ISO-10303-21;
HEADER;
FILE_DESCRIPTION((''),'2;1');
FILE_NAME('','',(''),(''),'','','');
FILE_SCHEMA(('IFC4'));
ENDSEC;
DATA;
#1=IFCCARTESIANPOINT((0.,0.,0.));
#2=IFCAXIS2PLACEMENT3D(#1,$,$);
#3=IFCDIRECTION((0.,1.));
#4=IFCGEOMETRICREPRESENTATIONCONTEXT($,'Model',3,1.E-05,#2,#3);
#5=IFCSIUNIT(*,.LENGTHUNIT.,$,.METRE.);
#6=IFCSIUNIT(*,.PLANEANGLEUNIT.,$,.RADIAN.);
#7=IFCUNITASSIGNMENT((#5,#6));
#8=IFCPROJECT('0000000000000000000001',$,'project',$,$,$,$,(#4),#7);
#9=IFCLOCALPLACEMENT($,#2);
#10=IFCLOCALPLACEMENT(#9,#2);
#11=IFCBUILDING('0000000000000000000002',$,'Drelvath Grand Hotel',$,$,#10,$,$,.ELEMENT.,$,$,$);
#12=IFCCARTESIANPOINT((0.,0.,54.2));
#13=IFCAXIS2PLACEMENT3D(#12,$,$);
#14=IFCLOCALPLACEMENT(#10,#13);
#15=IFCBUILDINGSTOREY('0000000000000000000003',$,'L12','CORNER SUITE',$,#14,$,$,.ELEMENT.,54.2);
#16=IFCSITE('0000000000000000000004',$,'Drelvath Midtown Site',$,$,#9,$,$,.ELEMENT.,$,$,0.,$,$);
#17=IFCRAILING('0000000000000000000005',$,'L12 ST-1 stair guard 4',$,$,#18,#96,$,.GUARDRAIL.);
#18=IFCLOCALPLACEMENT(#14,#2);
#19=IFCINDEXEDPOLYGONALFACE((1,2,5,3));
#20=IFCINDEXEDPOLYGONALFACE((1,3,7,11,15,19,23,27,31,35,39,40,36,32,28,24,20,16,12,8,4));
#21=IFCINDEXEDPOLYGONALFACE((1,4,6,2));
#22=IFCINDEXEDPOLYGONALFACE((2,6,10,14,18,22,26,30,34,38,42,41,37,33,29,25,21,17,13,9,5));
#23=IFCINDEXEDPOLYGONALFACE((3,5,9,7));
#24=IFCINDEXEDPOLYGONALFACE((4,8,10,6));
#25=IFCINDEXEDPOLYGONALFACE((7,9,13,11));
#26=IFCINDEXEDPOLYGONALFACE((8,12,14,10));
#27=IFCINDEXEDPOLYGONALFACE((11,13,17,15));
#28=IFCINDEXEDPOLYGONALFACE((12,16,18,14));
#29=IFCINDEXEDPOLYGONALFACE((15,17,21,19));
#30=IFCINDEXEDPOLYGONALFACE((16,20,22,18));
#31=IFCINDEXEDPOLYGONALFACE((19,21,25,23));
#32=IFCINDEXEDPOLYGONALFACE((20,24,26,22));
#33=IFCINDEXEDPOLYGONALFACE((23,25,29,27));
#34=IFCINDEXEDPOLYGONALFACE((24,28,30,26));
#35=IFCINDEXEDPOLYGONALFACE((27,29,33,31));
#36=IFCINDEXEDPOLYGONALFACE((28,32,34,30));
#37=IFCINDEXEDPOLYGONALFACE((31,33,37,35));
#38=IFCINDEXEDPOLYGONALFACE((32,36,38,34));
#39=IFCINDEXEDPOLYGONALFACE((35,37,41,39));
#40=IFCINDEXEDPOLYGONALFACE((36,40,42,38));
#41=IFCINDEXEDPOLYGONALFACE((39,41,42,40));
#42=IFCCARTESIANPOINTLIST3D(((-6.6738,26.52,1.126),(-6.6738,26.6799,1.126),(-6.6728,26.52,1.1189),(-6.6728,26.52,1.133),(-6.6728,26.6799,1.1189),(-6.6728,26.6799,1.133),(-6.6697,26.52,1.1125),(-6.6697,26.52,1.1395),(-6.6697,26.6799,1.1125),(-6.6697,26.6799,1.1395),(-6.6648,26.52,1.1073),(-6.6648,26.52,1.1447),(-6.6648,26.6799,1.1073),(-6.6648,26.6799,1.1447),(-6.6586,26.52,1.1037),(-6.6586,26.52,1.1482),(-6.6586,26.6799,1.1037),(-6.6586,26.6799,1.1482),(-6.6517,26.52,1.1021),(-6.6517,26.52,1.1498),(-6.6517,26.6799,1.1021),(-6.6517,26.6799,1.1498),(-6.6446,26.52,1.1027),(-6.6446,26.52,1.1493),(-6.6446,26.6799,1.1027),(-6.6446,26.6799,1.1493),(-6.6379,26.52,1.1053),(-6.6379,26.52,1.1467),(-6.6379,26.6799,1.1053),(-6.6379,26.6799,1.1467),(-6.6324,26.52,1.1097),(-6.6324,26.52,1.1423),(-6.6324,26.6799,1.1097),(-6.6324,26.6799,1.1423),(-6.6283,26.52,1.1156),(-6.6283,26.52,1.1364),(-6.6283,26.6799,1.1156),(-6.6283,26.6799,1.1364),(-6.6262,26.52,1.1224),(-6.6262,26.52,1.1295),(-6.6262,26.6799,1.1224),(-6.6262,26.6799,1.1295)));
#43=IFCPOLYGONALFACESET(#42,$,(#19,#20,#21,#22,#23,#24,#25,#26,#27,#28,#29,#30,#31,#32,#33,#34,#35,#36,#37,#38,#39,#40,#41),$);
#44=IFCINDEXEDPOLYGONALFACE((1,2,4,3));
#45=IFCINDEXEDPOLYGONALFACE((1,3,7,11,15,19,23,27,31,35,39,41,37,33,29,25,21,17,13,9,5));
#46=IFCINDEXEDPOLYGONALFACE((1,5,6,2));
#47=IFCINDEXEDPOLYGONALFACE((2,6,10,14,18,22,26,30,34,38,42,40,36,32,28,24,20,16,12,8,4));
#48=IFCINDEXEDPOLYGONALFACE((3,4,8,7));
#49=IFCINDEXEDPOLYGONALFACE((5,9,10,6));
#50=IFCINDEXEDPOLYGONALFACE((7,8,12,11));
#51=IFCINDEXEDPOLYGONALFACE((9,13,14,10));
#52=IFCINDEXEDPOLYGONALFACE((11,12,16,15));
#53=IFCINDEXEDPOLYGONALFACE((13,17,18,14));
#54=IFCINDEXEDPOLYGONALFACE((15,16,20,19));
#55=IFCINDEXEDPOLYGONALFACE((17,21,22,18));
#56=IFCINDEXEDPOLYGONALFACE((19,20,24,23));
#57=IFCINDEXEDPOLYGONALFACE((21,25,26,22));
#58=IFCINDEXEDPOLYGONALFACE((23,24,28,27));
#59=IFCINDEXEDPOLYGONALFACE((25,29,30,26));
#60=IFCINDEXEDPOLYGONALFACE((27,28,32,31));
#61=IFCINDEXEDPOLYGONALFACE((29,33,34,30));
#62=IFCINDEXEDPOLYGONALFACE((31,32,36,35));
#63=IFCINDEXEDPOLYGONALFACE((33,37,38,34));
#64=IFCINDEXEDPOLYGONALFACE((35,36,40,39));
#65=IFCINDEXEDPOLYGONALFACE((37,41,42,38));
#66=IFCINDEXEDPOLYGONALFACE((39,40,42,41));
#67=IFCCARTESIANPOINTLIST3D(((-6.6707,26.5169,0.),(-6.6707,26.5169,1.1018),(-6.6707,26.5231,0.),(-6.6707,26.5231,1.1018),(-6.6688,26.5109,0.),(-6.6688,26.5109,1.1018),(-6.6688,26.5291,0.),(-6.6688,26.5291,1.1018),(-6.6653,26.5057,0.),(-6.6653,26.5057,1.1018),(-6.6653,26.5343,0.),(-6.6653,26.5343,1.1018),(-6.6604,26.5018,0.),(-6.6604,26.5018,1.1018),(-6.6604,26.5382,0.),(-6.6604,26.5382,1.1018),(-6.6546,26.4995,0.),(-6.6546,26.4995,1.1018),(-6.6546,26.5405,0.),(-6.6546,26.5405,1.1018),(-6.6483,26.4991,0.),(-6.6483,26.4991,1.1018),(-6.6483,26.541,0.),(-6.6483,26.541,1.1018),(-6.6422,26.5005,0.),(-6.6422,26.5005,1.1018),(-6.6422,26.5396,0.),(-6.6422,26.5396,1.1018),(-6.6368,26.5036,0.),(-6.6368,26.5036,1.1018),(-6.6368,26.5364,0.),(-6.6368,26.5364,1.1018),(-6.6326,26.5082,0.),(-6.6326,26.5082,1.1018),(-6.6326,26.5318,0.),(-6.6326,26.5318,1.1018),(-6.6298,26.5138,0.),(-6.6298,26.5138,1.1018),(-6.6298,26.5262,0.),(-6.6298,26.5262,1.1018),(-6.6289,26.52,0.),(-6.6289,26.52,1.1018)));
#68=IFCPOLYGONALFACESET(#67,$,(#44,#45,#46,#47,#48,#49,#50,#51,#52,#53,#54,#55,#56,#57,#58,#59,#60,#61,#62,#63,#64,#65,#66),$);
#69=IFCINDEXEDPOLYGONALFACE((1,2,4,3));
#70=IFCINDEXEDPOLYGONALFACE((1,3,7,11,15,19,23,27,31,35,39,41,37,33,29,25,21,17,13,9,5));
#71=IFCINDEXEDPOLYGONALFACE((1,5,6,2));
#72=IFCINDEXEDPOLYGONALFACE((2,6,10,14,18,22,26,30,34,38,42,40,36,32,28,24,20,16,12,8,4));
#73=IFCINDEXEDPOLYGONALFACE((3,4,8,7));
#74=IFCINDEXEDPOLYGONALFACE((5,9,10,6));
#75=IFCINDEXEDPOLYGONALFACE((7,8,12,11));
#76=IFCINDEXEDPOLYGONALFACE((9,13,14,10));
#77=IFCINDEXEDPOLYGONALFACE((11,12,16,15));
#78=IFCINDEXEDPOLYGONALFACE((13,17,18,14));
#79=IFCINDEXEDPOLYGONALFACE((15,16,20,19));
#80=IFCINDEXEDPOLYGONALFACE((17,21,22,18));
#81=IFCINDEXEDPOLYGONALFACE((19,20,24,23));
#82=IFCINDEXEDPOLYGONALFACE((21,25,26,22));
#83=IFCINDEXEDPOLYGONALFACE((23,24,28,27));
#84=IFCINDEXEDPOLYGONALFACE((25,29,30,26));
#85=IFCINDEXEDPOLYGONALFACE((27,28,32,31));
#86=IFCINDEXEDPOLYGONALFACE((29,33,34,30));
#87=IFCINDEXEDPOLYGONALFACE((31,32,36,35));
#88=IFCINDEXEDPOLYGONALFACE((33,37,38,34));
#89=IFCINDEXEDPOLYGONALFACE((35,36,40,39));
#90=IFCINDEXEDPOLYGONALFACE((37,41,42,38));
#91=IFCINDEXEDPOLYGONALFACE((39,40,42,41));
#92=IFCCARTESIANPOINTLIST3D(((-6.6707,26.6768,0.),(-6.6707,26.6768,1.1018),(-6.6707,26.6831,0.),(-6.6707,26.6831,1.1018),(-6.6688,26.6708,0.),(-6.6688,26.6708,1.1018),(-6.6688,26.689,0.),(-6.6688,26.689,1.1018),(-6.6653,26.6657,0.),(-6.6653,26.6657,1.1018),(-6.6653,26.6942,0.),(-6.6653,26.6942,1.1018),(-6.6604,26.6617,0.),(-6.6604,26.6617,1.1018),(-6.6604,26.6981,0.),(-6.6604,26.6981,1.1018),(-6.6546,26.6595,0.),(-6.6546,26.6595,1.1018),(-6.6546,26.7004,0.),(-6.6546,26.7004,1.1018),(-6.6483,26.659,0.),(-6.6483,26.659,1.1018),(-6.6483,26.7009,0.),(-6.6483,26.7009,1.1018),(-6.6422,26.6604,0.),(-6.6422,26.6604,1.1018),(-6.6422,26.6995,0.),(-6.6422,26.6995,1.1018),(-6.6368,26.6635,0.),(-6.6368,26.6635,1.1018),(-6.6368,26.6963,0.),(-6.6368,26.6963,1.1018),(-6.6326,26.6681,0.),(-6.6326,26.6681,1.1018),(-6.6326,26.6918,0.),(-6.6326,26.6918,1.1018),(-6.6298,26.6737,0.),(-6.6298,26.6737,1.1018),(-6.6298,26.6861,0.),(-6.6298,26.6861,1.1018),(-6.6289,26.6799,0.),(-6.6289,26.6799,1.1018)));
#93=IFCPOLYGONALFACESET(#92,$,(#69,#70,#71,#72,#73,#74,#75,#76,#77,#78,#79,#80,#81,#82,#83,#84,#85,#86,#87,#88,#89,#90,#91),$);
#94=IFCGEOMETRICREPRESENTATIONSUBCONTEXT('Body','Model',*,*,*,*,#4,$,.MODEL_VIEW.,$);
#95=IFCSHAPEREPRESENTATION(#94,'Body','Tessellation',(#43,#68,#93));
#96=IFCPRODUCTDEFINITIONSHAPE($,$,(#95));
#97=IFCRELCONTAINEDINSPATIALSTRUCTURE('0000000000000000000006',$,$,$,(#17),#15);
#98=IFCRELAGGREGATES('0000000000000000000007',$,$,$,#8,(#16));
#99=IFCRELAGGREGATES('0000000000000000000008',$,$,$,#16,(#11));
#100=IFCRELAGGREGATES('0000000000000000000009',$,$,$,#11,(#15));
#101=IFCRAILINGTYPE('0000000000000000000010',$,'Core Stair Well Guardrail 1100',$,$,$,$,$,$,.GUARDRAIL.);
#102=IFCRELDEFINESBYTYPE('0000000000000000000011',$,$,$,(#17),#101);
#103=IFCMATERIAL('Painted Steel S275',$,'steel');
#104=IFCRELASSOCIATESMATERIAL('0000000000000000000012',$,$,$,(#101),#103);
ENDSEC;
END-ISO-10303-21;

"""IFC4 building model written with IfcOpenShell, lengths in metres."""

from ifc_helpers import new_model, si_unit, direction, frame, origin, origin_2d, place, context, subcontext, project, spatial, circle, extrude, material, type_object, element, save


model = new_model("IFC4")

# Units and contexts
model_context = context("Model", 3, precision=1e-05, world=origin(), true_north=direction((0.0, 1.0)))
body_context = subcontext(model_context, "Body", "Model", "MODEL_VIEW")
ifc_project = project(units=[si_unit("LENGTHUNIT", "METRE"), si_unit("PLANEANGLEUNIT", "RADIAN")], contexts=[model_context])

# Site, building, storey
site_placement = place(None, origin())
site = spatial("IfcSite", under=ifc_project, at=site_placement, Name="Drelvath Midtown Site", CompositionType="ELEMENT", RefElevation=0.0)
building_placement = place(site_placement, origin())
building = spatial("IfcBuilding", under=site, at=building_placement, Name="Drelvath Grand Hotel", CompositionType="ELEMENT")
storey_placement = place(building_placement, frame((0.0, 0.0, 54.2)))
storey = spatial("IfcBuildingStorey", under=building, at=storey_placement, Name="L12", Description="CORNER SUITE", CompositionType="ELEMENT", Elevation=54.2)

# Shared definitions
ifc_material_1 = material(Name="Painted Steel S275", Category="steel")

# Railing
railing_type_1 = type_object("IfcRailingType", Name="Core Stair Well Guardrail 1100", PredefinedType="GUARDRAIL", material=ifc_material_1)
railing_1_placement = place(storey_placement, frame((-6.6499, 26.52, 0.0)))
element("IfcRailing", 1, at=railing_1_placement, inside=storey, type_object=railing_type_1, Name="L12 ST-1 stair guard 4", PredefinedType="GUARDRAIL", context=body_context, shape_type="SweptSolid", body=[
    extrude(circle(Radius=0.0239, at=origin_2d()), frame((0.0, 0.0, 1.126), z_axis=(0.0, 1.0, 0.0), x_axis=(-1.0, 0.0, 0.0)), (0.0, 0.0, 1.0), 0.1599),
    extrude(circle(Radius=0.021, at=origin_2d()), origin(), (0.0, 0.0, 1.0), 1.1018),
    extrude(circle(Radius=0.021, at=origin_2d()), frame((0.0, 0.1599, 0.0)), (0.0, 0.0, 1.0), 1.1018),
])

save(model, "model.ifc")
